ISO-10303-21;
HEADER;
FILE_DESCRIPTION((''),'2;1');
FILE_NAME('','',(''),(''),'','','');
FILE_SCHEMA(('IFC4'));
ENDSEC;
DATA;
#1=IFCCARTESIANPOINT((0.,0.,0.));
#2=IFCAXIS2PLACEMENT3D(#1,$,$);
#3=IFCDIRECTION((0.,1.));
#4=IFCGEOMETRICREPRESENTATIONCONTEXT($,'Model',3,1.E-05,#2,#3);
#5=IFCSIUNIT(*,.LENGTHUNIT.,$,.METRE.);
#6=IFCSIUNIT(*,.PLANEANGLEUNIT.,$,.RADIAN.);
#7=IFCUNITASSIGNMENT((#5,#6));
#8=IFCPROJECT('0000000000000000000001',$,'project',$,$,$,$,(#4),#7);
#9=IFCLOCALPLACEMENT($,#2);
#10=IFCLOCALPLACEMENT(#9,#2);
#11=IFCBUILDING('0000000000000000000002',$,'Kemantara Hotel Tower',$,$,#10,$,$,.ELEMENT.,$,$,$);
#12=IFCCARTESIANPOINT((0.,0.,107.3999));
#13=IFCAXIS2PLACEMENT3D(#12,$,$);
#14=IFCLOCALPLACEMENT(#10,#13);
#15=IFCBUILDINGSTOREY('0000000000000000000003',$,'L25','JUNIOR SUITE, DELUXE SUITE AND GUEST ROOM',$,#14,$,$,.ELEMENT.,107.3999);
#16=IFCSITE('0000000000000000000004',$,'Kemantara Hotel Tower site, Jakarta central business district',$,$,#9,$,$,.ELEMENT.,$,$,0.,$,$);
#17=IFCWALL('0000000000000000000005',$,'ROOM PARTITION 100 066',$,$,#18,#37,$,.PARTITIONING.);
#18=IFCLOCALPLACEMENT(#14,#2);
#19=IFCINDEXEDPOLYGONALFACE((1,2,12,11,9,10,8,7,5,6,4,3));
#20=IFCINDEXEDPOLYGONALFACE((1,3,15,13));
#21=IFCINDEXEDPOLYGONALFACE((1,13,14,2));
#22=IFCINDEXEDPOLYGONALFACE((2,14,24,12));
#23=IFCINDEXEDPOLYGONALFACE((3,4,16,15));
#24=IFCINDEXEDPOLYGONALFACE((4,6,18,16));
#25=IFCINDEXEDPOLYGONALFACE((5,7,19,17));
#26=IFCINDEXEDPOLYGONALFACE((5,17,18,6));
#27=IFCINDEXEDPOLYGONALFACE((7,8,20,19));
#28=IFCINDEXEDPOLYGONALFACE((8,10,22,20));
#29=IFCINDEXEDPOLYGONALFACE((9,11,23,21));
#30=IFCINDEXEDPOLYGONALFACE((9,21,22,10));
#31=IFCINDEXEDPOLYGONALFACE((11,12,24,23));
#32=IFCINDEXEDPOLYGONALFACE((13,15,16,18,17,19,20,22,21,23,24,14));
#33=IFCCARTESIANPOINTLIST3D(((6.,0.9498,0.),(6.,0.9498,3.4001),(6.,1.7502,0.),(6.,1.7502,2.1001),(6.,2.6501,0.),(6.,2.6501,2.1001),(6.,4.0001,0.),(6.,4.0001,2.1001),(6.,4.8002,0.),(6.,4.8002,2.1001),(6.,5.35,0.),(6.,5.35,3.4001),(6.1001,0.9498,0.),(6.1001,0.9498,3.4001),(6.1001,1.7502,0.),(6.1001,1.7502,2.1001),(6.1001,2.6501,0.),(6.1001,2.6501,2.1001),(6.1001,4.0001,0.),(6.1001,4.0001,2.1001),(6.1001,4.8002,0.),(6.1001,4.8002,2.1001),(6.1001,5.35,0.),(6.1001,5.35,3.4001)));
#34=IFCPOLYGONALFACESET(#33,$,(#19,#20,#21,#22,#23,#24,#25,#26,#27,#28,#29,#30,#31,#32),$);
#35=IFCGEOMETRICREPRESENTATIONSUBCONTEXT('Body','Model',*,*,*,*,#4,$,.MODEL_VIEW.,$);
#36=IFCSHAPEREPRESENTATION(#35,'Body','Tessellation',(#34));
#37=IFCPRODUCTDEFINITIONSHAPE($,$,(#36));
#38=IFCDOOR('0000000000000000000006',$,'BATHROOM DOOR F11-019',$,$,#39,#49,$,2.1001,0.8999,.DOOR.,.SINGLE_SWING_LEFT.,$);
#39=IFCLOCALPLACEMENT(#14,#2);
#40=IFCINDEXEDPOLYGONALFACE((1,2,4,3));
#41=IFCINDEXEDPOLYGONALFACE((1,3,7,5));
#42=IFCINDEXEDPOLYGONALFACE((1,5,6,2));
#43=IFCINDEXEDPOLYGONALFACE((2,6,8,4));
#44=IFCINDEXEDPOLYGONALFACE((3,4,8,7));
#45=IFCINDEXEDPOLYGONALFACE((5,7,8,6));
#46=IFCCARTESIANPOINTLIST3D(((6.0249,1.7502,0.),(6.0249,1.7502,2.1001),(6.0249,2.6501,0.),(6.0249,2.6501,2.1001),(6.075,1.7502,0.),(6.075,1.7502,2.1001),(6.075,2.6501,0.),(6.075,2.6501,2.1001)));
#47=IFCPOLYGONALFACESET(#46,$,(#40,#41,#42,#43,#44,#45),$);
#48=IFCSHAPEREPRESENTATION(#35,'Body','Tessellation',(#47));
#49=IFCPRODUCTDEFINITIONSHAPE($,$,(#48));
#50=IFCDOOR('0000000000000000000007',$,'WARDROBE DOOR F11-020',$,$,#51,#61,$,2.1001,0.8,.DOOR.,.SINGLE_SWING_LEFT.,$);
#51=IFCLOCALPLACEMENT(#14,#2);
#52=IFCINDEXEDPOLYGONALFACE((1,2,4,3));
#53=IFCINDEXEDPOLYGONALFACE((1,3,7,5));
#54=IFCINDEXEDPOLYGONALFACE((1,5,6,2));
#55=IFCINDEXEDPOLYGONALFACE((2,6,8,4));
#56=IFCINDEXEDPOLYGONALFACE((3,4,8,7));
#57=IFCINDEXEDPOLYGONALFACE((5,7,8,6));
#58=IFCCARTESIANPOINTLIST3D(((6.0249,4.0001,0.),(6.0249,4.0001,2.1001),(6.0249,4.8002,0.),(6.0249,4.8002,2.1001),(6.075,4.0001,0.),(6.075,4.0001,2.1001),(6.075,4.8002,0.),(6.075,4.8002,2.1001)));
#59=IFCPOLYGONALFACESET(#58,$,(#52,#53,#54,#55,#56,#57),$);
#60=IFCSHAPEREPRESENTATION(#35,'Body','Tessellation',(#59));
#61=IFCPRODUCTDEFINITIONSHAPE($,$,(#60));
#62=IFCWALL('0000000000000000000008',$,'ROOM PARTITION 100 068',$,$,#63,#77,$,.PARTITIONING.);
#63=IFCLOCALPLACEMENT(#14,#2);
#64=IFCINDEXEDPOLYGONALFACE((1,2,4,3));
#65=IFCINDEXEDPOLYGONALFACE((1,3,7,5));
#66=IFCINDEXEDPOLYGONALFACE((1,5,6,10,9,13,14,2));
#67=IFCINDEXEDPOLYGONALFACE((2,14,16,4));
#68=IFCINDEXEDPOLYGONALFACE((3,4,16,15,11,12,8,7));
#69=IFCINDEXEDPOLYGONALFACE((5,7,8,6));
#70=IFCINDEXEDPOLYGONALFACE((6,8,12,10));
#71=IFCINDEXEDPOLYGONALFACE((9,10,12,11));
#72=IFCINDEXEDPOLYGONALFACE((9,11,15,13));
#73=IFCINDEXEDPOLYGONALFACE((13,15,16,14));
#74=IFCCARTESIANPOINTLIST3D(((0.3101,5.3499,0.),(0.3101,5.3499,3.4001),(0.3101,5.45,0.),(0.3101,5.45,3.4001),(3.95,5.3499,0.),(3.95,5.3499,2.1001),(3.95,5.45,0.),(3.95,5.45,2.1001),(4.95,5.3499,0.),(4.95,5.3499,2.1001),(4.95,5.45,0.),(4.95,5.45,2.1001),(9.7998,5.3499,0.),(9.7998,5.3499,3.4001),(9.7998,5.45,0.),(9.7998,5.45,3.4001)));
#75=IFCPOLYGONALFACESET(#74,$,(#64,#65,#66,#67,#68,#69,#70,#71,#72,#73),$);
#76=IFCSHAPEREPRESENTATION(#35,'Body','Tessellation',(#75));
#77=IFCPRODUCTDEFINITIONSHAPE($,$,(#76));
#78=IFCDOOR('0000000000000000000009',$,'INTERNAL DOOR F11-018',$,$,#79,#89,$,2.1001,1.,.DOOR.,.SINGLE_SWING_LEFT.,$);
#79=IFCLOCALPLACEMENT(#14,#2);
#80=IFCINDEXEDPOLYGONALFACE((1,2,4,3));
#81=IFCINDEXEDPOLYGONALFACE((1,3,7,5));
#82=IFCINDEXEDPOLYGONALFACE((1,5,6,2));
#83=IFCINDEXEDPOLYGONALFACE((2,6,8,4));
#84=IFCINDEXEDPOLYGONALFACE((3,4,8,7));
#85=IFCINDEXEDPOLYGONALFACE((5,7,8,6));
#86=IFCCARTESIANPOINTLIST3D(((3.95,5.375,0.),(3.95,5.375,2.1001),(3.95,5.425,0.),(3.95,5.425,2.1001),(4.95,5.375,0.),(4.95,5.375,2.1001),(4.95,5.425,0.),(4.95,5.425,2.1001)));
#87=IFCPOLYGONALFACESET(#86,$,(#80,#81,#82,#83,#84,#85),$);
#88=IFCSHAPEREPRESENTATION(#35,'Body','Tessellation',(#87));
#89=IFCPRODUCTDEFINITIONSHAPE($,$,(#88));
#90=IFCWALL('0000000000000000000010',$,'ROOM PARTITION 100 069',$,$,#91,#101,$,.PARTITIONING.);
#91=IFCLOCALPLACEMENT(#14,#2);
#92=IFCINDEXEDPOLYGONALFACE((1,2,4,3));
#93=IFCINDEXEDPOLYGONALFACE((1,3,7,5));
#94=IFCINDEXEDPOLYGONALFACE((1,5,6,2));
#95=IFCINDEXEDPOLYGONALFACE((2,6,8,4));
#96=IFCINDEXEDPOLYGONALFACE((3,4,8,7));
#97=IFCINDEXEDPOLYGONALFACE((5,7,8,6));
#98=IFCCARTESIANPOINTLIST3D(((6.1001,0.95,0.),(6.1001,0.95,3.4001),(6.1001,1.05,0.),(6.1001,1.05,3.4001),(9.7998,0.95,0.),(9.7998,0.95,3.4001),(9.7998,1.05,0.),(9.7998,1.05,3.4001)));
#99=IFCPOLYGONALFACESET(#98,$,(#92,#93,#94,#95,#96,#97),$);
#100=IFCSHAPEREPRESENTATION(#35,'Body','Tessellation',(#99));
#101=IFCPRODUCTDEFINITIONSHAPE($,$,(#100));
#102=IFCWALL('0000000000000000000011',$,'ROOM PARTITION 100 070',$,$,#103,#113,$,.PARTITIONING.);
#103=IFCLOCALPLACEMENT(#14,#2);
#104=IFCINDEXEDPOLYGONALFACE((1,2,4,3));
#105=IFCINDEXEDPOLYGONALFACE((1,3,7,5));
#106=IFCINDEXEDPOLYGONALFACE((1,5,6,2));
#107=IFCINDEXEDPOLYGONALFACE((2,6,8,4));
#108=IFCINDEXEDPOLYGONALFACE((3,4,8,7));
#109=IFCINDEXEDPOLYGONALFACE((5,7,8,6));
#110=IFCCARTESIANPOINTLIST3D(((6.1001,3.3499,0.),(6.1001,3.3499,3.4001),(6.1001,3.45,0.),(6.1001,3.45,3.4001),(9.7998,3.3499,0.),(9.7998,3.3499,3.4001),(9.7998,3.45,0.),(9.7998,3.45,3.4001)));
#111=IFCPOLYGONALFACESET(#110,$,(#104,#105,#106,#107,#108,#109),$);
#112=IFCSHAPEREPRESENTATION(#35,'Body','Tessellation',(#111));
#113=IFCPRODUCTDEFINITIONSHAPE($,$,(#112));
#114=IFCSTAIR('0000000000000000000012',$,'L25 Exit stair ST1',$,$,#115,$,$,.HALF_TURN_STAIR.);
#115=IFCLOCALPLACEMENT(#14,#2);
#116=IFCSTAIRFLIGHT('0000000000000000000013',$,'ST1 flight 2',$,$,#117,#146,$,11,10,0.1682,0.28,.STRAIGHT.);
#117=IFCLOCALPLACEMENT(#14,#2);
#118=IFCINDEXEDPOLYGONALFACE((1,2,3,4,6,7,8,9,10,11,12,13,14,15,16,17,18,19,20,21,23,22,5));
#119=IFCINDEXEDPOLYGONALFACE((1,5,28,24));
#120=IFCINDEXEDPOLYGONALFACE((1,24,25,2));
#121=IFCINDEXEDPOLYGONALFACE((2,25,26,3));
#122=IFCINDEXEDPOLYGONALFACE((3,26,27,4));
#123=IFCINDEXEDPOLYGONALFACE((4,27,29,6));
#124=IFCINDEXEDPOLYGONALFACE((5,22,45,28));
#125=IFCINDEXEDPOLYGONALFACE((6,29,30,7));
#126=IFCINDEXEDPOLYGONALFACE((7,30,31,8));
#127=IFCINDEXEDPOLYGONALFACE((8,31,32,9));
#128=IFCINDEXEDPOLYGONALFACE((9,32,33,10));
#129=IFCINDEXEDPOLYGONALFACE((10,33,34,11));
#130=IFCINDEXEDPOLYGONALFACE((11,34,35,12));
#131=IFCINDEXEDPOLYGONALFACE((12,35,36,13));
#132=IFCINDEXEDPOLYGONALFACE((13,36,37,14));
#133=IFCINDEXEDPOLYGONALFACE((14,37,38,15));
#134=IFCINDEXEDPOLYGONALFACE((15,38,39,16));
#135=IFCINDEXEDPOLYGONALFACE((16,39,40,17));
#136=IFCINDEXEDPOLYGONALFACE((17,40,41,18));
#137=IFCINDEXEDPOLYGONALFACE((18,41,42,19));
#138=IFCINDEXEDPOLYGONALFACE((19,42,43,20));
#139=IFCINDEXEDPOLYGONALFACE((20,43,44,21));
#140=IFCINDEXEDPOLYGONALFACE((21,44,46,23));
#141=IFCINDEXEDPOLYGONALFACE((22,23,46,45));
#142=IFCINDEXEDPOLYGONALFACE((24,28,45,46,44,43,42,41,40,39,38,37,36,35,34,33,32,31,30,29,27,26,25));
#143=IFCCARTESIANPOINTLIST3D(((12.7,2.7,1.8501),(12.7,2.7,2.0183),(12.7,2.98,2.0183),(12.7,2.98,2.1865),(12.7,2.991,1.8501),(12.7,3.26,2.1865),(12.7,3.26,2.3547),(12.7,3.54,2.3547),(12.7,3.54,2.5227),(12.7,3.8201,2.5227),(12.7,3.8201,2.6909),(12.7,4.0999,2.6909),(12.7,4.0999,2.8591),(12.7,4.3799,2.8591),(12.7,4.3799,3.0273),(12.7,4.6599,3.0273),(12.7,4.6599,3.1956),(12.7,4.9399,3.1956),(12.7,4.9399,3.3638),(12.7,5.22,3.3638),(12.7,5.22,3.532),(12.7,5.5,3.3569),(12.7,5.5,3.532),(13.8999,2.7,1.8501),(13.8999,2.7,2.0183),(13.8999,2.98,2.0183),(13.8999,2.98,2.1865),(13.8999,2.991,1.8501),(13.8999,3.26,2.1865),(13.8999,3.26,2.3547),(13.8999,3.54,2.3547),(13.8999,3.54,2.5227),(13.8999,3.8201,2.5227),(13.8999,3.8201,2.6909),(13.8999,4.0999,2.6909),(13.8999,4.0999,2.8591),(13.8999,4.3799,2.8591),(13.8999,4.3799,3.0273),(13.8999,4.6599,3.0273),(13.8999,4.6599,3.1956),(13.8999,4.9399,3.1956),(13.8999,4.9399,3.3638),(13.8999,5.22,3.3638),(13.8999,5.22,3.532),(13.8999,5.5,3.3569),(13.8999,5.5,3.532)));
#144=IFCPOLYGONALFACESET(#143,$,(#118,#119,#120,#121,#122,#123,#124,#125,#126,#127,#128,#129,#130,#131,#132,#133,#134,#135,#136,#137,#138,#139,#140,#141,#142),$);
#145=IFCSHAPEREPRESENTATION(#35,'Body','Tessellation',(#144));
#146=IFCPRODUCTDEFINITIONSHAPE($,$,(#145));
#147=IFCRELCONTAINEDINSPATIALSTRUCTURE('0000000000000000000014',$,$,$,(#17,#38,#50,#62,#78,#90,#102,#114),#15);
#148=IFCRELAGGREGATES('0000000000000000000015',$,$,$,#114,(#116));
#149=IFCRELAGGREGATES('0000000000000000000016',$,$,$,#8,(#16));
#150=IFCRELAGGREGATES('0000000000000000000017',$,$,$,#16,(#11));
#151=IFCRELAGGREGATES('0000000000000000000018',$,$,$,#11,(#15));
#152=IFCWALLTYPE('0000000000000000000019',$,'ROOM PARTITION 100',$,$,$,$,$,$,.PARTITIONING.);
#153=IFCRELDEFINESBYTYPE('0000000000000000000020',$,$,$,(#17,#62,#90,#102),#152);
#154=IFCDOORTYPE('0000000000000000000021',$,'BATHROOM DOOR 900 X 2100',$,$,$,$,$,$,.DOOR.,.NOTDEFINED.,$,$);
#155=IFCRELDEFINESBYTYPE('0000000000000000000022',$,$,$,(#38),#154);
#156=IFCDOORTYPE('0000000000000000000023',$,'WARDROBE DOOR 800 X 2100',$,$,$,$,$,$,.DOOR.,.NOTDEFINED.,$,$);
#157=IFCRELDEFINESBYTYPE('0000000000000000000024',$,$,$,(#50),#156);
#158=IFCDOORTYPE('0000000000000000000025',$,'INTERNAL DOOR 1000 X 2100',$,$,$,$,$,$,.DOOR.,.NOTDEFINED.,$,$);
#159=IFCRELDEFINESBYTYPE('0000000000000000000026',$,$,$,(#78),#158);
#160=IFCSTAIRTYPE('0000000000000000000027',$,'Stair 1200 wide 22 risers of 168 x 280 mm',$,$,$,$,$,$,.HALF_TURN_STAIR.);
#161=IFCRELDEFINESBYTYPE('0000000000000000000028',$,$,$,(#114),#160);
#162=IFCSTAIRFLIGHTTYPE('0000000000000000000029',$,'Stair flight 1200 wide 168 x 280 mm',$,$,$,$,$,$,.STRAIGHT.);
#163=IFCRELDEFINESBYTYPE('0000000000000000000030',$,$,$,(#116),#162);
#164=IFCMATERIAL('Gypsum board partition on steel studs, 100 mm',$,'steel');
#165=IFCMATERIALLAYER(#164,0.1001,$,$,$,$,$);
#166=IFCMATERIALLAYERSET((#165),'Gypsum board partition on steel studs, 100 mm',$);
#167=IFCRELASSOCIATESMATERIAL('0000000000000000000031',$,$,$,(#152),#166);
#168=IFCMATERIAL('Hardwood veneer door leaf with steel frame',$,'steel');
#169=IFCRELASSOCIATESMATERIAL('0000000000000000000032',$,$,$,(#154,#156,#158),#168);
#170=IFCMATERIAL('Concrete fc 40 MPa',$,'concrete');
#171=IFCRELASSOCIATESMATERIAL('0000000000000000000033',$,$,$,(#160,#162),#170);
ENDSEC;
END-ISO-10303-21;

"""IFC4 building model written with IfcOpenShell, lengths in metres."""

from ifc_helpers import new_model, si_unit, direction, frame, frame_2d, origin, place, context, subcontext, project, spatial, polyline, rectangle, outline, extrude, material, layer, layer_set, type_object, element, fill, aggregate, save


model = new_model("IFC4")

# Units and contexts
model_context = context("Model", 3, precision=1e-05, world=origin(), true_north=direction((0.0, 1.0)))
body_context = subcontext(model_context, "Body", "Model", "MODEL_VIEW")
ifc_project = project(units=[si_unit("LENGTHUNIT", "METRE"), si_unit("PLANEANGLEUNIT", "RADIAN")], contexts=[model_context])

# Site, building, storey
site_placement = place(None, origin())
site = spatial("IfcSite", under=ifc_project, at=site_placement, Name="Kemantara Hotel Tower site, Jakarta central business district", CompositionType="ELEMENT", RefElevation=0.0)
building_placement = place(site_placement, origin())
building = spatial("IfcBuilding", under=site, at=building_placement, Name="Kemantara Hotel Tower", CompositionType="ELEMENT")
storey_placement = place(building_placement, frame((0.0, 0.0, 107.3999)))
storey = spatial("IfcBuildingStorey", under=building, at=storey_placement, Name="L25", Description="JUNIOR SUITE, DELUXE SUITE AND GUEST ROOM", CompositionType="ELEMENT", Elevation=107.3999)

# Wall, openings, doors
ifc_material_1 = material(Name="Gypsum board partition on steel studs, 100 mm", Category="steel")
ifc_layer_1 = layer(ifc_material_1, 0.1001)
ifc_layer_set_1 = layer_set([ifc_layer_1], Name="Gypsum board partition on steel studs, 100 mm")
wall_type_1 = type_object("IfcWallType", Name="ROOM PARTITION 100", PredefinedType="PARTITIONING", material=ifc_layer_set_1)
wall_1_placement = place(storey_placement, frame((6.05, 5.3501, 0.0), z_axis=(0.0, 0.0, 1.0), x_axis=(0.0, -1.0, 0.0)))
wall_1 = element("IfcWall", 1, at=wall_1_placement, inside=storey, type_object=wall_type_1, Name="ROOM PARTITION 100 066", PredefinedType="PARTITIONING", context=body_context, shape_type="SweptSolid", body=[
    extrude(rectangle(XDim=4.4001, YDim=0.1001, at=frame_2d((2.2002, 0.0))), origin(), (0.0, 0.0, 1.0), 3.4001),
])
opening_1_placement = place(wall_1_placement, frame((2.7, 0.0, 0.0)))
opening_1 = element("IfcOpeningElement", 2, at=opening_1_placement, cuts=wall_1, PredefinedType="OPENING", context=body_context, shape_type="SweptSolid", body=[
    extrude(rectangle(XDim=0.8999, YDim=2.1001, at=frame_2d((0.45, 1.05))), frame((0.0, 0.0601, 0.0), z_axis=(0.0, -1.0, 0.0), x_axis=(1.0, 0.0, 0.0)), (0.0, 0.0, 1.0), 0.1201),
])
opening_2_placement = place(wall_1_placement, frame((0.55, 0.0, 0.0)))
opening_2 = element("IfcOpeningElement", 3, at=opening_2_placement, cuts=wall_1, PredefinedType="OPENING", context=body_context, shape_type="SweptSolid", body=[
    extrude(rectangle(XDim=0.8, YDim=2.1001, at=frame_2d((0.3999, 1.05))), frame((0.0, 0.0601, 0.0), z_axis=(0.0, -1.0, 0.0), x_axis=(1.0, 0.0, 0.0)), (0.0, 0.0, 1.0), 0.1201),
])
ifc_material_2 = material(Name="Hardwood veneer door leaf with steel frame", Category="steel")
door_type_1 = type_object("IfcDoorType", Name="BATHROOM DOOR 900 X 2100", OperationType="NOTDEFINED", PredefinedType="DOOR", material=ifc_material_2)
door_1_placement = place(opening_1_placement, origin())
door_1 = element("IfcDoor", 4, at=door_1_placement, inside=storey, type_object=door_type_1, Name="BATHROOM DOOR F11-019", OperationType="SINGLE_SWING_LEFT", OverallHeight=2.1001, OverallWidth=0.8999, PredefinedType="DOOR", context=body_context, shape_type="SweptSolid", body=[
    extrude(rectangle(XDim=0.8999, YDim=2.1001, at=frame_2d((0.45, 1.05))), frame((0.0, 0.0249, 0.0), z_axis=(0.0, -1.0, 0.0), x_axis=(1.0, 0.0, 0.0)), (0.0, 0.0, 1.0), 0.05),
])
fill(opening_1, door_1)
door_type_2 = type_object("IfcDoorType", Name="WARDROBE DOOR 800 X 2100", OperationType="NOTDEFINED", PredefinedType="DOOR", material=ifc_material_2)
door_2_placement = place(opening_2_placement, origin())
door_2 = element("IfcDoor", 5, at=door_2_placement, inside=storey, type_object=door_type_2, Name="WARDROBE DOOR F11-020", OperationType="SINGLE_SWING_LEFT", OverallHeight=2.1001, OverallWidth=0.8, PredefinedType="DOOR", context=body_context, shape_type="SweptSolid", body=[
    extrude(rectangle(XDim=0.8, YDim=2.1001, at=frame_2d((0.3999, 1.05))), frame((0.0, 0.0249, 0.0), z_axis=(0.0, -1.0, 0.0), x_axis=(1.0, 0.0, 0.0)), (0.0, 0.0, 1.0), 0.05),
])
fill(opening_2, door_2)

# Wall, opening, door
wall_2_placement = place(storey_placement, frame((9.7998, 5.3999, 0.0), z_axis=(0.0, 0.0, 1.0), x_axis=(-1.0, 0.0, 0.0)))
wall_2 = element("IfcWall", 6, at=wall_2_placement, inside=storey, type_object=wall_type_1, Name="ROOM PARTITION 100 068", PredefinedType="PARTITIONING", context=body_context, shape_type="SweptSolid", body=[
    extrude(rectangle(XDim=9.4897, YDim=0.1001, at=frame_2d((4.7449, 0.0))), origin(), (0.0, 0.0, 1.0), 3.4001),
])
opening_3_placement = place(wall_2_placement, frame((4.8499, 0.0, 0.0)))
opening_3 = element("IfcOpeningElement", 7, at=opening_3_placement, cuts=wall_2, PredefinedType="OPENING", context=body_context, shape_type="SweptSolid", body=[
    extrude(rectangle(XDim=1.0, YDim=2.1001, at=frame_2d((0.5, 1.05))), frame((0.0, 0.0601, 0.0), z_axis=(0.0, -1.0, 0.0), x_axis=(1.0, 0.0, 0.0)), (0.0, 0.0, 1.0), 0.1201),
])
door_type_3 = type_object("IfcDoorType", Name="INTERNAL DOOR 1000 X 2100", OperationType="NOTDEFINED", PredefinedType="DOOR", material=ifc_material_2)
door_3_placement = place(opening_3_placement, origin())
door_3 = element("IfcDoor", 8, at=door_3_placement, inside=storey, type_object=door_type_3, Name="INTERNAL DOOR F11-018", OperationType="SINGLE_SWING_LEFT", OverallHeight=2.1001, OverallWidth=1.0, PredefinedType="DOOR", context=body_context, shape_type="SweptSolid", body=[
    extrude(rectangle(XDim=1.0, YDim=2.1001, at=frame_2d((0.5, 1.05))), frame((0.0, 0.0249, 0.0), z_axis=(0.0, -1.0, 0.0), x_axis=(1.0, 0.0, 0.0)), (0.0, 0.0, 1.0), 0.05),
])
fill(opening_3, door_3)

# Walls
for number, where, z_axis, x_axis, name in (
    (9, (6.1001, 1.0, 0.0), (0.0, 0.0, 1.0), (1.0, 0.0, 0.0), "ROOM PARTITION 100 069"),
    (10, (6.1001, 3.3999, 0.0), (0.0, 0.0, 1.0), (1.0, 0.0, 0.0), "ROOM PARTITION 100 070"),
):
    element("IfcWall", number, at=place(storey_placement, frame(where, z_axis=z_axis, x_axis=x_axis)), inside=storey, type_object=wall_type_1, Name=name, PredefinedType="PARTITIONING", context=body_context, shape_type="SweptSolid", body=[
        extrude(rectangle(XDim=3.6997, YDim=0.1001, at=frame_2d((1.8499, 0.0))), origin(), (0.0, 0.0, 1.0), 3.4001),
    ])

# Stair, stair flight
ifc_material_3 = material(Name="Concrete fc 40 MPa", Category="concrete")
stair_type = type_object("IfcStairType", Name="Stair 1200 wide 22 risers of 168 x 280 mm", PredefinedType="HALF_TURN_STAIR", material=ifc_material_3)
stair_placement = place(storey_placement, origin())
stair = element("IfcStair", 11, at=stair_placement, inside=storey, type_object=stair_type, Name="L25 Exit stair ST1", PredefinedType="HALF_TURN_STAIR")
stair_flight_type = type_object("IfcStairFlightType", Name="Stair flight 1200 wide 168 x 280 mm", PredefinedType="STRAIGHT", material=ifc_material_3)
stair_flight_placement = place(storey_placement, frame((13.3, 2.7, 1.8501), z_axis=(0.0, 0.0, 1.0), x_axis=(0.0, 1.0, 0.0)))
stair_flight = element("IfcStairFlight", 12, at=stair_flight_placement, type_object=stair_flight_type, Name="ST1 flight 2", NumberOfRisers=11, NumberOfTreads=10, PredefinedType="STRAIGHT", RiserHeight=0.1682, TreadLength=0.28, context=body_context, shape_type="SweptSolid", body=[
    extrude(outline(polyline([(0.0, 0.0), (0.0, 0.1682), (0.28, 0.1682), (0.28, 0.3364), (0.5601, 0.3364), (0.5601, 0.5046), (0.8401, 0.5046), (0.8401, 0.6726), (1.1201, 0.6726), (1.1201, 0.8408), (1.3999, 0.8408), (1.3999, 1.009), (1.6799, 1.009), (1.6799, 1.1772), (1.96, 1.1772), (1.96, 1.3455), (2.24, 1.3455), (2.24, 1.5137), (2.52, 1.5137), (2.52, 1.6819), (2.8, 1.6819), (2.8, 1.8501), (2.8, 1.5068), (0.291, 0.0), (0.0, 0.0)])), frame((0.0, 0.6001, 0.0), z_axis=(0.0, -1.0, 0.0), x_axis=(1.0, 0.0, 0.0)), (0.0, 0.0, 1.0), 1.2),
])
aggregate(stair, [stair_flight])

save(model, "model.ifc")
